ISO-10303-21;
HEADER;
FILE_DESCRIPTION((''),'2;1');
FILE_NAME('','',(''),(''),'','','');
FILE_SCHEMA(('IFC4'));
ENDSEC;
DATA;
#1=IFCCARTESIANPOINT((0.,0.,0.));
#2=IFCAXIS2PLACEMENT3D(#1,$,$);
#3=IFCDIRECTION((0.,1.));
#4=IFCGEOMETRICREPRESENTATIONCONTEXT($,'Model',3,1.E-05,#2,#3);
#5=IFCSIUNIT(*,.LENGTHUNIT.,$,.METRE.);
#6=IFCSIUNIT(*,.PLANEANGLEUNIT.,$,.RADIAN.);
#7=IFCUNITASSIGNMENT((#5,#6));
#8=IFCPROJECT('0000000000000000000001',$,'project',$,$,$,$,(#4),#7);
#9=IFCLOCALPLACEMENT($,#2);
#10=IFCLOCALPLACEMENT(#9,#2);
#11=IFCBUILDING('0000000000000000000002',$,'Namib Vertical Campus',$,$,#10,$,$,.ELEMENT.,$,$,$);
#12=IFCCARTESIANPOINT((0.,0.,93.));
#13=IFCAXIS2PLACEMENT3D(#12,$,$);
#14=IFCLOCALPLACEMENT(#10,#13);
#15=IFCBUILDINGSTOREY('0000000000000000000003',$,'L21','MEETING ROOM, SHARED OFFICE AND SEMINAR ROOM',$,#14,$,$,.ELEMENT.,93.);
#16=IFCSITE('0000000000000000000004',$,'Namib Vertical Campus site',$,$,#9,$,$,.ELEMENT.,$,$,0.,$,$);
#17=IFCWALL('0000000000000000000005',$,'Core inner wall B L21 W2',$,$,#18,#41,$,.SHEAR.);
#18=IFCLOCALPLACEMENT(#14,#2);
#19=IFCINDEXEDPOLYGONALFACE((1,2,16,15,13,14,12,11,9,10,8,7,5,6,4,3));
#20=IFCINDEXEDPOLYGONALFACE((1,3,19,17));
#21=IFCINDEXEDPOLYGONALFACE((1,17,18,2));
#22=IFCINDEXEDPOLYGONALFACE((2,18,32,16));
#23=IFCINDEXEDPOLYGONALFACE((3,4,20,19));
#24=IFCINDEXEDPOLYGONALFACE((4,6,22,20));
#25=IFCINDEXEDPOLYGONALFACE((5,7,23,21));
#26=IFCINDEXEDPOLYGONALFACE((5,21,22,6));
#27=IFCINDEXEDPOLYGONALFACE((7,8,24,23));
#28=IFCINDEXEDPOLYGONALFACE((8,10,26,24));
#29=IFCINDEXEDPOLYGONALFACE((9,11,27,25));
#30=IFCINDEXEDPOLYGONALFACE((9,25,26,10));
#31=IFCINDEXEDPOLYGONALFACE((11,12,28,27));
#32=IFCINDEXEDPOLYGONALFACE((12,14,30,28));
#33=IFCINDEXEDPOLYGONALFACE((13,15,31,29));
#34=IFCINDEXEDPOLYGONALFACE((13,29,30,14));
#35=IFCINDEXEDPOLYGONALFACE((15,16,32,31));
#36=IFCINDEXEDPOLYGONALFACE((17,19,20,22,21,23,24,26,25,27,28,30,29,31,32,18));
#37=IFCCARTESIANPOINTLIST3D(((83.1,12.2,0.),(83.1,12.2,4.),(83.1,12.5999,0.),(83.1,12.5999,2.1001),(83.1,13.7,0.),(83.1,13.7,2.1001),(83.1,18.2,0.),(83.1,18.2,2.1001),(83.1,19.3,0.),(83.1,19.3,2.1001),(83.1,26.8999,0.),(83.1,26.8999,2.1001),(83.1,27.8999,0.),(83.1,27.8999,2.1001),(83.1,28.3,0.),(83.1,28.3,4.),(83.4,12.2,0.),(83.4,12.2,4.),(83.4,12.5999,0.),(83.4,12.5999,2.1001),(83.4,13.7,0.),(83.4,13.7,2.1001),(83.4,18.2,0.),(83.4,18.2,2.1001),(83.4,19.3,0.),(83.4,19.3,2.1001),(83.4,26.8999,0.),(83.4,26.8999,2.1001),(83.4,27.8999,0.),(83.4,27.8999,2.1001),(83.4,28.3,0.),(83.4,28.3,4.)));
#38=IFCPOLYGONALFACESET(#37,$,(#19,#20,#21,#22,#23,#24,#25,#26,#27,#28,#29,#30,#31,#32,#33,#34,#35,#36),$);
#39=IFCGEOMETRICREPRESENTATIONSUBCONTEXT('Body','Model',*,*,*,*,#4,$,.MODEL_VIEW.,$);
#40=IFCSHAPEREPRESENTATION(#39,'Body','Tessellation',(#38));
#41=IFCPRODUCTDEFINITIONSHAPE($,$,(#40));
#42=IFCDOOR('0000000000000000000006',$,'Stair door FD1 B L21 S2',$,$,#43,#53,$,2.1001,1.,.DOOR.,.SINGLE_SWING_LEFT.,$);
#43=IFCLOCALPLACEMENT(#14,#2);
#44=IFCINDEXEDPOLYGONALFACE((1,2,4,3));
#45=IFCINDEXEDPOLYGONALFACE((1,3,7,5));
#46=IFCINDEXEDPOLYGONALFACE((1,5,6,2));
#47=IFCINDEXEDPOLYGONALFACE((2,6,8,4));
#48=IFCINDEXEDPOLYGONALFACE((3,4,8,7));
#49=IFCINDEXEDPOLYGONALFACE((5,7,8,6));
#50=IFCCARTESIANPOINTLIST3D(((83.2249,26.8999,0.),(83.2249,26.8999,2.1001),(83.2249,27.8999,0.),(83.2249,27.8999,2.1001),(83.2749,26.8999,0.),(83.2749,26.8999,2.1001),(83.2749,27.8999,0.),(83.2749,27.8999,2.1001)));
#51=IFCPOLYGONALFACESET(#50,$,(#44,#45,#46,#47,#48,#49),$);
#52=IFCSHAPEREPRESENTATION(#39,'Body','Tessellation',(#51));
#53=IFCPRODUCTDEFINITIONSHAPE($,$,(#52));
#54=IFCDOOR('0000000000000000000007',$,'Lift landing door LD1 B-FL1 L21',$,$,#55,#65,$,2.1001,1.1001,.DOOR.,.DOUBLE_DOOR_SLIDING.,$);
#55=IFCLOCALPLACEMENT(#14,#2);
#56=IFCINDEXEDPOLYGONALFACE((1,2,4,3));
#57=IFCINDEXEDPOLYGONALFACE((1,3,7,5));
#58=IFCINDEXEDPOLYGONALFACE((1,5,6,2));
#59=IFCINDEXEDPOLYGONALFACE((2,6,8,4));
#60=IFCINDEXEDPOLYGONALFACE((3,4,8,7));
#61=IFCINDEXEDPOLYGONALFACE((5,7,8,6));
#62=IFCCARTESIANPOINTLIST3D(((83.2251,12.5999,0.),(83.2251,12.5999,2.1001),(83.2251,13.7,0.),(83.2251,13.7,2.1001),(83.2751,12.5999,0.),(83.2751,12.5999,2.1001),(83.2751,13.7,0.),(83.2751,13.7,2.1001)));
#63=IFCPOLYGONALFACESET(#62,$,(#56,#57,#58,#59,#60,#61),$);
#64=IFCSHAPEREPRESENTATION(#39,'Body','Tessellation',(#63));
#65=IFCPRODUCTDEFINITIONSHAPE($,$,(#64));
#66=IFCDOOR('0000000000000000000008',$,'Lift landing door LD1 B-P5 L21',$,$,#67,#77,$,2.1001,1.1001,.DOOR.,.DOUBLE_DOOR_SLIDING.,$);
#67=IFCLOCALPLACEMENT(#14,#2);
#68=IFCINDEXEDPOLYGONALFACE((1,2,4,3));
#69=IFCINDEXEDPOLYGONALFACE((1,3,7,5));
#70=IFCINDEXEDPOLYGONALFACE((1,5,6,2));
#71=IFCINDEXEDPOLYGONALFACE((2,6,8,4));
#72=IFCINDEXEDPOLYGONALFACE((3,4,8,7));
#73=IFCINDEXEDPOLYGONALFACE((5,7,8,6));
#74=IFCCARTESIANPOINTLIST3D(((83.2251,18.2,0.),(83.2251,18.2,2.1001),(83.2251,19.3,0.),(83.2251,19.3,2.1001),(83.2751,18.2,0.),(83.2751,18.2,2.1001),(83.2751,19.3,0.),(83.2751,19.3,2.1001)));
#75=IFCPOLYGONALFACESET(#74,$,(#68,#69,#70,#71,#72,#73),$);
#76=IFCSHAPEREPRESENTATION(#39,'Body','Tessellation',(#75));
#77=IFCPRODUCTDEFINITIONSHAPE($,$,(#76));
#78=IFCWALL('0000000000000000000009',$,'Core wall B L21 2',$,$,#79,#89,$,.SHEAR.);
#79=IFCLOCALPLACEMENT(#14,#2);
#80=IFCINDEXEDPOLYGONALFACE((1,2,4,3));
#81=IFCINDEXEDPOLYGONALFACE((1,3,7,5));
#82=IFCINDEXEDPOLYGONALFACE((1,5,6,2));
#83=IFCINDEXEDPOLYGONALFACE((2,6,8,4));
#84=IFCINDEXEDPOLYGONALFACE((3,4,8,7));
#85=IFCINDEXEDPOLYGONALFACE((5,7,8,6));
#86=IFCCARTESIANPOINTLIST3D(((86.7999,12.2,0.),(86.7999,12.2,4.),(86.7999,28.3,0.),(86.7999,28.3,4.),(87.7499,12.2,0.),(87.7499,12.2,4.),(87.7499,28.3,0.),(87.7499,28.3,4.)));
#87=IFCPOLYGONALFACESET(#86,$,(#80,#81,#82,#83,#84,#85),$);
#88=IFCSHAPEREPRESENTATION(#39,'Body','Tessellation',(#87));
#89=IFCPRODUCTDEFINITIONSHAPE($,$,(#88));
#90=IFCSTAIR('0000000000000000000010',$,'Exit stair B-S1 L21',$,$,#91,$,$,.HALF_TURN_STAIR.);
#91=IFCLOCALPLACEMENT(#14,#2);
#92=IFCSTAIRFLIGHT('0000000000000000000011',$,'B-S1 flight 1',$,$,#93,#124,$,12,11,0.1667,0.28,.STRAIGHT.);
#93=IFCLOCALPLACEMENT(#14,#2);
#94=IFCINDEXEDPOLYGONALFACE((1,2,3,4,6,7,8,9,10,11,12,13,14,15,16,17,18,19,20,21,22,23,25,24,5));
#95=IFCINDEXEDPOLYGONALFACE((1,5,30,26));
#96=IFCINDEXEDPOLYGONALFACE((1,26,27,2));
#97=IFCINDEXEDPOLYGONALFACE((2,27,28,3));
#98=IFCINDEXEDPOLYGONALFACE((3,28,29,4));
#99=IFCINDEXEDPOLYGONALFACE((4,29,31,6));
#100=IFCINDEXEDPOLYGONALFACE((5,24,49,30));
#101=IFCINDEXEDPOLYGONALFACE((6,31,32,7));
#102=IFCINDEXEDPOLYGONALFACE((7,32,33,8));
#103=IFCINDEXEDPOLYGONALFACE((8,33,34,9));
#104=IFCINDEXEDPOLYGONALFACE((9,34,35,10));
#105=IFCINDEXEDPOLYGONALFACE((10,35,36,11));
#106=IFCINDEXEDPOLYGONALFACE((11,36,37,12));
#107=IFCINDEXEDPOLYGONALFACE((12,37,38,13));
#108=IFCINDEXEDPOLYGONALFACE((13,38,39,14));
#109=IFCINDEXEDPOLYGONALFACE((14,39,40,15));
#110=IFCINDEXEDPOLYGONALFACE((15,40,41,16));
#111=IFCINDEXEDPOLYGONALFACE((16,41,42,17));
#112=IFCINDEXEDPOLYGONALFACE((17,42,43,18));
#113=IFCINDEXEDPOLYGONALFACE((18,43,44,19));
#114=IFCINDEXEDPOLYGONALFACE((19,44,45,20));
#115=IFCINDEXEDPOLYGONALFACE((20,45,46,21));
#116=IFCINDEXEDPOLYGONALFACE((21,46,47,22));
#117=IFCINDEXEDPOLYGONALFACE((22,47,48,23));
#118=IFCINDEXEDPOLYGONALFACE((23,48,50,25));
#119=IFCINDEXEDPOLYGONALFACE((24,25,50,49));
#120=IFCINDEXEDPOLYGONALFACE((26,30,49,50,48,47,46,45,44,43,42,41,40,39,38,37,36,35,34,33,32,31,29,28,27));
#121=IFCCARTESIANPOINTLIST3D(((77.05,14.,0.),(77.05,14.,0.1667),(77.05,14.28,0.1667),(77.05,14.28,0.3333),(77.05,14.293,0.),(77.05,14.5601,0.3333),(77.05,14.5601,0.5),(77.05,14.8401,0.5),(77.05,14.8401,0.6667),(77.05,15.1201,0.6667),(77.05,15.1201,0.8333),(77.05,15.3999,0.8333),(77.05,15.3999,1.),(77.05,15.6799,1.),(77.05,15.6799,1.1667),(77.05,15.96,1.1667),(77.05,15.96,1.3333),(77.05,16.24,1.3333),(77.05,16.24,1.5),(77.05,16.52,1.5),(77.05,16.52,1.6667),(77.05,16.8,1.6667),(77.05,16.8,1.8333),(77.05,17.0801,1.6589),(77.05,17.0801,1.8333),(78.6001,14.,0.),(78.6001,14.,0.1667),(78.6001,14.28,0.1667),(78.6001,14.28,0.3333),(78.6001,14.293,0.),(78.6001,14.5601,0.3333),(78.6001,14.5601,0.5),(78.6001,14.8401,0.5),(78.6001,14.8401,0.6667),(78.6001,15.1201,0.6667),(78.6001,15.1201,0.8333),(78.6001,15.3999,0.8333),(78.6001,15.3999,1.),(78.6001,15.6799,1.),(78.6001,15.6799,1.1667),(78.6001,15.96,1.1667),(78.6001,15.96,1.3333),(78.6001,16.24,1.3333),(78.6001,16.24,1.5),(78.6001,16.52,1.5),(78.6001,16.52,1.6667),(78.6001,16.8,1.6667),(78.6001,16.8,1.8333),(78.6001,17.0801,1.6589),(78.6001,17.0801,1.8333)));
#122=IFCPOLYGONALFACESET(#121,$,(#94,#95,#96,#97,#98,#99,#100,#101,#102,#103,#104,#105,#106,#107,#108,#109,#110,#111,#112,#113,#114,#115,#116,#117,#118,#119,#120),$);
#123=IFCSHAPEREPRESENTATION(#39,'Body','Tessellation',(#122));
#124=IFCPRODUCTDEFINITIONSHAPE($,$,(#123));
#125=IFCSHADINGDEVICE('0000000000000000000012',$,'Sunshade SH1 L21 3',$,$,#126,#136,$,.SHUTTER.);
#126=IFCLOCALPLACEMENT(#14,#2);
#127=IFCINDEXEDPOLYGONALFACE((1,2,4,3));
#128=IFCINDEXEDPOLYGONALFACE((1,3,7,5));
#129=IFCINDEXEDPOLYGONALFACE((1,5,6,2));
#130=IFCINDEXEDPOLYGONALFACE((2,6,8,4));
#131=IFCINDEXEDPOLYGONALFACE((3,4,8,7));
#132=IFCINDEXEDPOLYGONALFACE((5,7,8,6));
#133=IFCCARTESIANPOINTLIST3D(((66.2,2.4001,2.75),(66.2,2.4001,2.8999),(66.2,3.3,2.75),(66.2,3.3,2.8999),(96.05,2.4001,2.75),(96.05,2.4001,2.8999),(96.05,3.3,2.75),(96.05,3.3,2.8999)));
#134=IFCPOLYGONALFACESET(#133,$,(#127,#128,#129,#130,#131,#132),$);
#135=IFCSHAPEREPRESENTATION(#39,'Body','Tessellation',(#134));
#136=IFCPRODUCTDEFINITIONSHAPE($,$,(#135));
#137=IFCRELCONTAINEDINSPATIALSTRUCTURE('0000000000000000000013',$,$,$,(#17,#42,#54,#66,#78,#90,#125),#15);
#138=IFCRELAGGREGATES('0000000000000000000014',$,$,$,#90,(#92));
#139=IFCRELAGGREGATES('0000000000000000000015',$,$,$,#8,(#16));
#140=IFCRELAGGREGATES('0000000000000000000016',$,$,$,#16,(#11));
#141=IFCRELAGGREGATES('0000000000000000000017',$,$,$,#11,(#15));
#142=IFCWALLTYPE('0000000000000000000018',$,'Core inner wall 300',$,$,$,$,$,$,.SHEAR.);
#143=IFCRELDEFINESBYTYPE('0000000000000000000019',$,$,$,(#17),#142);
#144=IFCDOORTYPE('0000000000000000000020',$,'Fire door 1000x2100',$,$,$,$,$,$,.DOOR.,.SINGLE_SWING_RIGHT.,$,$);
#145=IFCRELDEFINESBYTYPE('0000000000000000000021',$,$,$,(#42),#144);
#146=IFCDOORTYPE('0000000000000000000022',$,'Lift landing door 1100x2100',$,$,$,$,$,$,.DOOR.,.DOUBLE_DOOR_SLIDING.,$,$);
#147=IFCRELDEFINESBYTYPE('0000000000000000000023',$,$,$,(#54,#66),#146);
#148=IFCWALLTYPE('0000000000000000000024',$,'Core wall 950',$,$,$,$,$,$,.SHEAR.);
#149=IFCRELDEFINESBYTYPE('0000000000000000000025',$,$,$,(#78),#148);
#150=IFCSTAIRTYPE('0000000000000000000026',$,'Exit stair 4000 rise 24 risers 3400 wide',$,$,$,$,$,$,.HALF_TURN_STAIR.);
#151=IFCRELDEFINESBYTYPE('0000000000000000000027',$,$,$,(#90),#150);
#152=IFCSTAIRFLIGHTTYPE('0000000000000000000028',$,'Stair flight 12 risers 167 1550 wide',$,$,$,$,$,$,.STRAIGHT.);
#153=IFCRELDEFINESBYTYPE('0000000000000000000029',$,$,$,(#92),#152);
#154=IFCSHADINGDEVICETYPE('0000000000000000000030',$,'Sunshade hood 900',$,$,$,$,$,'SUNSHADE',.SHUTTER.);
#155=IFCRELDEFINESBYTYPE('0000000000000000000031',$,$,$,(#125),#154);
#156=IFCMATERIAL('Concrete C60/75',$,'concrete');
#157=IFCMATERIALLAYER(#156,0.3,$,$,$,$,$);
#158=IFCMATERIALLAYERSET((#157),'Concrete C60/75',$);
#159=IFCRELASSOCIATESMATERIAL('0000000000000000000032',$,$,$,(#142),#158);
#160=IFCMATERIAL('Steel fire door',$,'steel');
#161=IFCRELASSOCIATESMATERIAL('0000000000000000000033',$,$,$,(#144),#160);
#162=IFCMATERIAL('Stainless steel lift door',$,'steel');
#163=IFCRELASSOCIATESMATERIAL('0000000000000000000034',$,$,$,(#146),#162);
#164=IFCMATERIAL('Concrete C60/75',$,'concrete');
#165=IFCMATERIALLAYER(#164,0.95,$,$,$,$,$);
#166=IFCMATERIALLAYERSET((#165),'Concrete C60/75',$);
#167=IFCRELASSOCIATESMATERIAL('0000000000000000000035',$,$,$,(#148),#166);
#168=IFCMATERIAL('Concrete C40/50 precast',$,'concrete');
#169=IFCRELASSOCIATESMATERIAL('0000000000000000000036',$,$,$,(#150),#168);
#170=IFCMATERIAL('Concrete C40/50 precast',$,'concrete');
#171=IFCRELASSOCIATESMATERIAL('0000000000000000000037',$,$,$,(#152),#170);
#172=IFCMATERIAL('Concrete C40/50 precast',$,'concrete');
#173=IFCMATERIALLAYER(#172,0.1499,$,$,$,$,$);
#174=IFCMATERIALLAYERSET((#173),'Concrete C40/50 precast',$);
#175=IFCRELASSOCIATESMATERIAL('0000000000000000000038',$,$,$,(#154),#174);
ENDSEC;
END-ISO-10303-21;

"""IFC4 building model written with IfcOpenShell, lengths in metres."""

from ifc_helpers import new_model, si_unit, direction, frame, frame_2d, origin, origin_2d, place, context, subcontext, project, spatial, polyline, rectangle, outline, extrude, material, layer, layer_set, type_object, element, fill, aggregate, save


model = new_model("IFC4")

# Units and contexts
model_context = context("Model", 3, precision=1e-05, world=origin(), true_north=direction((0.0, 1.0)))
body_context = subcontext(model_context, "Body", "Model", "MODEL_VIEW")
ifc_project = project(units=[si_unit("LENGTHUNIT", "METRE"), si_unit("PLANEANGLEUNIT", "RADIAN")], contexts=[model_context])

# Site, building, storey
site_placement = place(None, origin())
site = spatial("IfcSite", under=ifc_project, at=site_placement, Name="Namib Vertical Campus site", CompositionType="ELEMENT", RefElevation=0.0)
building_placement = place(site_placement, origin())
building = spatial("IfcBuilding", under=site, at=building_placement, Name="Namib Vertical Campus", CompositionType="ELEMENT")
storey_placement = place(building_placement, frame((0.0, 0.0, 93.0)))
storey = spatial("IfcBuildingStorey", under=building, at=storey_placement, Name="L21", Description="MEETING ROOM, SHARED OFFICE AND SEMINAR ROOM", CompositionType="ELEMENT", Elevation=93.0)

# Wall, openings, doors
ifc_material_1 = material(Name="Concrete C60/75", Category="concrete")
ifc_layer_1 = layer(ifc_material_1, 0.3)
ifc_layer_set_1 = layer_set([ifc_layer_1], Name="Concrete C60/75")
wall_type_1 = type_object("IfcWallType", Name="Core inner wall 300", PredefinedType="SHEAR", material=ifc_layer_set_1)
ifc_material_2 = material(Name="Steel fire door", Category="steel")
door_type_1 = type_object("IfcDoorType", Name="Fire door 1000x2100", OperationType="SINGLE_SWING_RIGHT", PredefinedType="DOOR", material=ifc_material_2)
ifc_material_3 = material(Name="Stainless steel lift door", Category="steel")
door_type_2 = type_object("IfcDoorType", Name="Lift landing door 1100x2100", OperationType="DOUBLE_DOOR_SLIDING", PredefinedType="DOOR", material=ifc_material_3)
wall_1_placement = place(storey_placement, frame((83.25, 12.2, 0.0), z_axis=(0.0, 0.0, 1.0), x_axis=(0.0, 1.0, 0.0)))
wall_1 = element("IfcWall", 1, at=wall_1_placement, inside=storey, type_object=wall_type_1, Name="Core inner wall B L21 W2", PredefinedType="SHEAR", context=body_context, shape_type="SweptSolid", body=[
    extrude(rectangle(XDim=16.1001, YDim=0.3, at=frame_2d((8.05, 0.0))), origin(), (0.0, 0.0, 1.0), 4.0),
])
opening_1_placement = place(wall_1_placement, frame((14.7, 0.0, 0.0)))
opening_1 = element("IfcOpeningElement", 2, at=opening_1_placement, cuts=wall_1, PredefinedType="OPENING", context=body_context, shape_type="SweptSolid", body=[
    extrude(rectangle(XDim=1.0, YDim=2.1001, at=frame_2d((0.5, 1.05))), frame((0.0, 0.1599, 0.0), z_axis=(0.0, -1.0, 0.0), x_axis=(1.0, 0.0, 0.0)), (0.0, 0.0, 1.0), 0.3201),
])
opening_2_placement = place(wall_1_placement, frame((0.3999, 0.0, 0.0)))
opening_2 = element("IfcOpeningElement", 3, at=opening_2_placement, cuts=wall_1, PredefinedType="OPENING", context=body_context, shape_type="SweptSolid", body=[
    extrude(rectangle(XDim=1.1001, YDim=2.1001, at=frame_2d((0.55, 1.05))), frame((0.0, 0.1599, 0.0), z_axis=(0.0, -1.0, 0.0), x_axis=(1.0, 0.0, 0.0)), (0.0, 0.0, 1.0), 0.3201),
])
opening_3_placement = place(wall_1_placement, frame((6.0, 0.0, 0.0)))
opening_3 = element("IfcOpeningElement", 4, at=opening_3_placement, cuts=wall_1, PredefinedType="OPENING", context=body_context, shape_type="SweptSolid", body=[
    extrude(rectangle(XDim=1.1001, YDim=2.1001, at=frame_2d((0.55, 1.05))), frame((0.0, 0.1599, 0.0), z_axis=(0.0, -1.0, 0.0), x_axis=(1.0, 0.0, 0.0)), (0.0, 0.0, 1.0), 0.3201),
])
door_1_placement = place(opening_1_placement, frame((1.0, 0.0, 0.0), z_axis=(0.0, 0.0, 1.0), x_axis=(-1.0, 0.0, 0.0)))
door_1 = element("IfcDoor", 5, at=door_1_placement, inside=storey, type_object=door_type_1, Name="Stair door FD1 B L21 S2", OperationType="SINGLE_SWING_LEFT", OverallHeight=2.1001, OverallWidth=1.0, PredefinedType="DOOR", context=body_context, shape_type="SweptSolid", body=[
    extrude(rectangle(XDim=1.0, YDim=2.1001, at=frame_2d((0.5, 1.05))), frame((0.0, 0.0249, 0.0), z_axis=(0.0, -1.0, 0.0), x_axis=(1.0, 0.0, 0.0)), (0.0, 0.0, 1.0), 0.05),
])
fill(opening_1, door_1)
door_2_placement = place(opening_2_placement, origin())
door_2 = element("IfcDoor", 6, at=door_2_placement, inside=storey, type_object=door_type_2, Name="Lift landing door LD1 B-FL1 L21", OperationType="DOUBLE_DOOR_SLIDING", OverallHeight=2.1001, OverallWidth=1.1001, PredefinedType="DOOR", context=body_context, shape_type="SweptSolid", body=[
    extrude(rectangle(XDim=1.1001, YDim=2.1001, at=frame_2d((0.55, 1.05))), frame((0.0, 0.0249, 0.0), z_axis=(0.0, -1.0, 0.0), x_axis=(1.0, 0.0, 0.0)), (0.0, 0.0, 1.0), 0.05),
])
fill(opening_2, door_2)
door_3_placement = place(opening_3_placement, origin())
door_3 = element("IfcDoor", 7, at=door_3_placement, inside=storey, type_object=door_type_2, Name="Lift landing door LD1 B-P5 L21", OperationType="DOUBLE_DOOR_SLIDING", OverallHeight=2.1001, OverallWidth=1.1001, PredefinedType="DOOR", context=body_context, shape_type="SweptSolid", body=[
    extrude(rectangle(XDim=1.1001, YDim=2.1001, at=frame_2d((0.55, 1.05))), frame((0.0, 0.0249, 0.0), z_axis=(0.0, -1.0, 0.0), x_axis=(1.0, 0.0, 0.0)), (0.0, 0.0, 1.0), 0.05),
])
fill(opening_3, door_3)

# Wall
ifc_material_4 = material(Name="Concrete C60/75", Category="concrete")
ifc_layer_2 = layer(ifc_material_4, 0.95)
ifc_layer_set_2 = layer_set([ifc_layer_2], Name="Concrete C60/75")
wall_type_2 = type_object("IfcWallType", Name="Core wall 950", PredefinedType="SHEAR", material=ifc_layer_set_2)
wall_2_placement = place(storey_placement, frame((87.2749, 12.2, 0.0), z_axis=(0.0, 0.0, 1.0), x_axis=(0.0, 1.0, 0.0)))
element("IfcWall", 8, at=wall_2_placement, inside=storey, type_object=wall_type_2, Name="Core wall B L21 2", PredefinedType="SHEAR", context=body_context, shape_type="SweptSolid", body=[
    extrude(rectangle(XDim=16.1001, YDim=0.95, at=frame_2d((8.05, 0.0))), origin(), (0.0, 0.0, 1.0), 4.0),
])

# Stair, stair flight
ifc_material_5 = material(Name="Concrete C40/50 precast", Category="concrete")
stair_type = type_object("IfcStairType", Name="Exit stair 4000 rise 24 risers 3400 wide", PredefinedType="HALF_TURN_STAIR", material=ifc_material_5)
stair_placement = place(storey_placement, origin())
stair = element("IfcStair", 9, at=stair_placement, inside=storey, type_object=stair_type, Name="Exit stair B-S1 L21", PredefinedType="HALF_TURN_STAIR")
ifc_material_6 = material(Name="Concrete C40/50 precast", Category="concrete")
stair_flight_type = type_object("IfcStairFlightType", Name="Stair flight 12 risers 167 1550 wide", PredefinedType="STRAIGHT", material=ifc_material_6)
stair_flight_placement = place(storey_placement, frame((77.825, 14.0, 0.0), z_axis=(0.0, 0.0, 1.0), x_axis=(0.0, 1.0, 0.0)))
stair_flight = element("IfcStairFlight", 10, at=stair_flight_placement, type_object=stair_flight_type, Name="B-S1 flight 1", NumberOfRisers=12, NumberOfTreads=11, PredefinedType="STRAIGHT", RiserHeight=0.1667, TreadLength=0.28, context=body_context, shape_type="SweptSolid", body=[
    extrude(outline(polyline([(0.0, 0.0), (0.0, 0.1667), (0.28, 0.1667), (0.28, 0.3333), (0.5601, 0.3333), (0.5601, 0.5), (0.8401, 0.5), (0.8401, 0.6667), (1.1201, 0.6667), (1.1201, 0.8333), (1.3999, 0.8333), (1.3999, 1.0), (1.6799, 1.0), (1.6799, 1.1667), (1.96, 1.1667), (1.96, 1.3333), (2.24, 1.3333), (2.24, 1.5), (2.52, 1.5), (2.52, 1.6667), (2.8, 1.6667), (2.8, 1.8333), (3.0801, 1.8333), (3.0801, 2.0), (3.0801, 1.6589), (0.293, 0.0), (0.0, 0.0)])), frame((0.0, 0.7749, 0.0), z_axis=(0.0, -1.0, 0.0), x_axis=(1.0, 0.0, 0.0)), (0.0, 0.0, 1.0), 1.55),
])
aggregate(stair, [stair_flight])

# Shading device
ifc_material_7 = material(Name="Concrete C40/50 precast", Category="concrete")
ifc_layer_3 = layer(ifc_material_7, 0.1499)
ifc_layer_set_3 = layer_set([ifc_layer_3], Name="Concrete C40/50 precast")
shading_device_type = type_object("IfcShadingDeviceType", Name="Sunshade hood 900", ElementType="SUNSHADE", PredefinedType="SHUTTER", material=ifc_layer_set_3)
shading_device_placement = place(storey_placement, frame((81.125, 2.8501, 2.75), z_axis=(0.0, 0.0, 1.0), x_axis=(1.0, 0.0, 0.0)))
element("IfcShadingDevice", 11, at=shading_device_placement, inside=storey, type_object=shading_device_type, Name="Sunshade SH1 L21 3", PredefinedType="SHUTTER", context=body_context, shape_type="SweptSolid", body=[
    extrude(rectangle(XDim=29.8501, YDim=0.8999, at=origin_2d()), origin(), (0.0, 0.0, 1.0), 0.1499),
])

save(model, "model.ifc")
